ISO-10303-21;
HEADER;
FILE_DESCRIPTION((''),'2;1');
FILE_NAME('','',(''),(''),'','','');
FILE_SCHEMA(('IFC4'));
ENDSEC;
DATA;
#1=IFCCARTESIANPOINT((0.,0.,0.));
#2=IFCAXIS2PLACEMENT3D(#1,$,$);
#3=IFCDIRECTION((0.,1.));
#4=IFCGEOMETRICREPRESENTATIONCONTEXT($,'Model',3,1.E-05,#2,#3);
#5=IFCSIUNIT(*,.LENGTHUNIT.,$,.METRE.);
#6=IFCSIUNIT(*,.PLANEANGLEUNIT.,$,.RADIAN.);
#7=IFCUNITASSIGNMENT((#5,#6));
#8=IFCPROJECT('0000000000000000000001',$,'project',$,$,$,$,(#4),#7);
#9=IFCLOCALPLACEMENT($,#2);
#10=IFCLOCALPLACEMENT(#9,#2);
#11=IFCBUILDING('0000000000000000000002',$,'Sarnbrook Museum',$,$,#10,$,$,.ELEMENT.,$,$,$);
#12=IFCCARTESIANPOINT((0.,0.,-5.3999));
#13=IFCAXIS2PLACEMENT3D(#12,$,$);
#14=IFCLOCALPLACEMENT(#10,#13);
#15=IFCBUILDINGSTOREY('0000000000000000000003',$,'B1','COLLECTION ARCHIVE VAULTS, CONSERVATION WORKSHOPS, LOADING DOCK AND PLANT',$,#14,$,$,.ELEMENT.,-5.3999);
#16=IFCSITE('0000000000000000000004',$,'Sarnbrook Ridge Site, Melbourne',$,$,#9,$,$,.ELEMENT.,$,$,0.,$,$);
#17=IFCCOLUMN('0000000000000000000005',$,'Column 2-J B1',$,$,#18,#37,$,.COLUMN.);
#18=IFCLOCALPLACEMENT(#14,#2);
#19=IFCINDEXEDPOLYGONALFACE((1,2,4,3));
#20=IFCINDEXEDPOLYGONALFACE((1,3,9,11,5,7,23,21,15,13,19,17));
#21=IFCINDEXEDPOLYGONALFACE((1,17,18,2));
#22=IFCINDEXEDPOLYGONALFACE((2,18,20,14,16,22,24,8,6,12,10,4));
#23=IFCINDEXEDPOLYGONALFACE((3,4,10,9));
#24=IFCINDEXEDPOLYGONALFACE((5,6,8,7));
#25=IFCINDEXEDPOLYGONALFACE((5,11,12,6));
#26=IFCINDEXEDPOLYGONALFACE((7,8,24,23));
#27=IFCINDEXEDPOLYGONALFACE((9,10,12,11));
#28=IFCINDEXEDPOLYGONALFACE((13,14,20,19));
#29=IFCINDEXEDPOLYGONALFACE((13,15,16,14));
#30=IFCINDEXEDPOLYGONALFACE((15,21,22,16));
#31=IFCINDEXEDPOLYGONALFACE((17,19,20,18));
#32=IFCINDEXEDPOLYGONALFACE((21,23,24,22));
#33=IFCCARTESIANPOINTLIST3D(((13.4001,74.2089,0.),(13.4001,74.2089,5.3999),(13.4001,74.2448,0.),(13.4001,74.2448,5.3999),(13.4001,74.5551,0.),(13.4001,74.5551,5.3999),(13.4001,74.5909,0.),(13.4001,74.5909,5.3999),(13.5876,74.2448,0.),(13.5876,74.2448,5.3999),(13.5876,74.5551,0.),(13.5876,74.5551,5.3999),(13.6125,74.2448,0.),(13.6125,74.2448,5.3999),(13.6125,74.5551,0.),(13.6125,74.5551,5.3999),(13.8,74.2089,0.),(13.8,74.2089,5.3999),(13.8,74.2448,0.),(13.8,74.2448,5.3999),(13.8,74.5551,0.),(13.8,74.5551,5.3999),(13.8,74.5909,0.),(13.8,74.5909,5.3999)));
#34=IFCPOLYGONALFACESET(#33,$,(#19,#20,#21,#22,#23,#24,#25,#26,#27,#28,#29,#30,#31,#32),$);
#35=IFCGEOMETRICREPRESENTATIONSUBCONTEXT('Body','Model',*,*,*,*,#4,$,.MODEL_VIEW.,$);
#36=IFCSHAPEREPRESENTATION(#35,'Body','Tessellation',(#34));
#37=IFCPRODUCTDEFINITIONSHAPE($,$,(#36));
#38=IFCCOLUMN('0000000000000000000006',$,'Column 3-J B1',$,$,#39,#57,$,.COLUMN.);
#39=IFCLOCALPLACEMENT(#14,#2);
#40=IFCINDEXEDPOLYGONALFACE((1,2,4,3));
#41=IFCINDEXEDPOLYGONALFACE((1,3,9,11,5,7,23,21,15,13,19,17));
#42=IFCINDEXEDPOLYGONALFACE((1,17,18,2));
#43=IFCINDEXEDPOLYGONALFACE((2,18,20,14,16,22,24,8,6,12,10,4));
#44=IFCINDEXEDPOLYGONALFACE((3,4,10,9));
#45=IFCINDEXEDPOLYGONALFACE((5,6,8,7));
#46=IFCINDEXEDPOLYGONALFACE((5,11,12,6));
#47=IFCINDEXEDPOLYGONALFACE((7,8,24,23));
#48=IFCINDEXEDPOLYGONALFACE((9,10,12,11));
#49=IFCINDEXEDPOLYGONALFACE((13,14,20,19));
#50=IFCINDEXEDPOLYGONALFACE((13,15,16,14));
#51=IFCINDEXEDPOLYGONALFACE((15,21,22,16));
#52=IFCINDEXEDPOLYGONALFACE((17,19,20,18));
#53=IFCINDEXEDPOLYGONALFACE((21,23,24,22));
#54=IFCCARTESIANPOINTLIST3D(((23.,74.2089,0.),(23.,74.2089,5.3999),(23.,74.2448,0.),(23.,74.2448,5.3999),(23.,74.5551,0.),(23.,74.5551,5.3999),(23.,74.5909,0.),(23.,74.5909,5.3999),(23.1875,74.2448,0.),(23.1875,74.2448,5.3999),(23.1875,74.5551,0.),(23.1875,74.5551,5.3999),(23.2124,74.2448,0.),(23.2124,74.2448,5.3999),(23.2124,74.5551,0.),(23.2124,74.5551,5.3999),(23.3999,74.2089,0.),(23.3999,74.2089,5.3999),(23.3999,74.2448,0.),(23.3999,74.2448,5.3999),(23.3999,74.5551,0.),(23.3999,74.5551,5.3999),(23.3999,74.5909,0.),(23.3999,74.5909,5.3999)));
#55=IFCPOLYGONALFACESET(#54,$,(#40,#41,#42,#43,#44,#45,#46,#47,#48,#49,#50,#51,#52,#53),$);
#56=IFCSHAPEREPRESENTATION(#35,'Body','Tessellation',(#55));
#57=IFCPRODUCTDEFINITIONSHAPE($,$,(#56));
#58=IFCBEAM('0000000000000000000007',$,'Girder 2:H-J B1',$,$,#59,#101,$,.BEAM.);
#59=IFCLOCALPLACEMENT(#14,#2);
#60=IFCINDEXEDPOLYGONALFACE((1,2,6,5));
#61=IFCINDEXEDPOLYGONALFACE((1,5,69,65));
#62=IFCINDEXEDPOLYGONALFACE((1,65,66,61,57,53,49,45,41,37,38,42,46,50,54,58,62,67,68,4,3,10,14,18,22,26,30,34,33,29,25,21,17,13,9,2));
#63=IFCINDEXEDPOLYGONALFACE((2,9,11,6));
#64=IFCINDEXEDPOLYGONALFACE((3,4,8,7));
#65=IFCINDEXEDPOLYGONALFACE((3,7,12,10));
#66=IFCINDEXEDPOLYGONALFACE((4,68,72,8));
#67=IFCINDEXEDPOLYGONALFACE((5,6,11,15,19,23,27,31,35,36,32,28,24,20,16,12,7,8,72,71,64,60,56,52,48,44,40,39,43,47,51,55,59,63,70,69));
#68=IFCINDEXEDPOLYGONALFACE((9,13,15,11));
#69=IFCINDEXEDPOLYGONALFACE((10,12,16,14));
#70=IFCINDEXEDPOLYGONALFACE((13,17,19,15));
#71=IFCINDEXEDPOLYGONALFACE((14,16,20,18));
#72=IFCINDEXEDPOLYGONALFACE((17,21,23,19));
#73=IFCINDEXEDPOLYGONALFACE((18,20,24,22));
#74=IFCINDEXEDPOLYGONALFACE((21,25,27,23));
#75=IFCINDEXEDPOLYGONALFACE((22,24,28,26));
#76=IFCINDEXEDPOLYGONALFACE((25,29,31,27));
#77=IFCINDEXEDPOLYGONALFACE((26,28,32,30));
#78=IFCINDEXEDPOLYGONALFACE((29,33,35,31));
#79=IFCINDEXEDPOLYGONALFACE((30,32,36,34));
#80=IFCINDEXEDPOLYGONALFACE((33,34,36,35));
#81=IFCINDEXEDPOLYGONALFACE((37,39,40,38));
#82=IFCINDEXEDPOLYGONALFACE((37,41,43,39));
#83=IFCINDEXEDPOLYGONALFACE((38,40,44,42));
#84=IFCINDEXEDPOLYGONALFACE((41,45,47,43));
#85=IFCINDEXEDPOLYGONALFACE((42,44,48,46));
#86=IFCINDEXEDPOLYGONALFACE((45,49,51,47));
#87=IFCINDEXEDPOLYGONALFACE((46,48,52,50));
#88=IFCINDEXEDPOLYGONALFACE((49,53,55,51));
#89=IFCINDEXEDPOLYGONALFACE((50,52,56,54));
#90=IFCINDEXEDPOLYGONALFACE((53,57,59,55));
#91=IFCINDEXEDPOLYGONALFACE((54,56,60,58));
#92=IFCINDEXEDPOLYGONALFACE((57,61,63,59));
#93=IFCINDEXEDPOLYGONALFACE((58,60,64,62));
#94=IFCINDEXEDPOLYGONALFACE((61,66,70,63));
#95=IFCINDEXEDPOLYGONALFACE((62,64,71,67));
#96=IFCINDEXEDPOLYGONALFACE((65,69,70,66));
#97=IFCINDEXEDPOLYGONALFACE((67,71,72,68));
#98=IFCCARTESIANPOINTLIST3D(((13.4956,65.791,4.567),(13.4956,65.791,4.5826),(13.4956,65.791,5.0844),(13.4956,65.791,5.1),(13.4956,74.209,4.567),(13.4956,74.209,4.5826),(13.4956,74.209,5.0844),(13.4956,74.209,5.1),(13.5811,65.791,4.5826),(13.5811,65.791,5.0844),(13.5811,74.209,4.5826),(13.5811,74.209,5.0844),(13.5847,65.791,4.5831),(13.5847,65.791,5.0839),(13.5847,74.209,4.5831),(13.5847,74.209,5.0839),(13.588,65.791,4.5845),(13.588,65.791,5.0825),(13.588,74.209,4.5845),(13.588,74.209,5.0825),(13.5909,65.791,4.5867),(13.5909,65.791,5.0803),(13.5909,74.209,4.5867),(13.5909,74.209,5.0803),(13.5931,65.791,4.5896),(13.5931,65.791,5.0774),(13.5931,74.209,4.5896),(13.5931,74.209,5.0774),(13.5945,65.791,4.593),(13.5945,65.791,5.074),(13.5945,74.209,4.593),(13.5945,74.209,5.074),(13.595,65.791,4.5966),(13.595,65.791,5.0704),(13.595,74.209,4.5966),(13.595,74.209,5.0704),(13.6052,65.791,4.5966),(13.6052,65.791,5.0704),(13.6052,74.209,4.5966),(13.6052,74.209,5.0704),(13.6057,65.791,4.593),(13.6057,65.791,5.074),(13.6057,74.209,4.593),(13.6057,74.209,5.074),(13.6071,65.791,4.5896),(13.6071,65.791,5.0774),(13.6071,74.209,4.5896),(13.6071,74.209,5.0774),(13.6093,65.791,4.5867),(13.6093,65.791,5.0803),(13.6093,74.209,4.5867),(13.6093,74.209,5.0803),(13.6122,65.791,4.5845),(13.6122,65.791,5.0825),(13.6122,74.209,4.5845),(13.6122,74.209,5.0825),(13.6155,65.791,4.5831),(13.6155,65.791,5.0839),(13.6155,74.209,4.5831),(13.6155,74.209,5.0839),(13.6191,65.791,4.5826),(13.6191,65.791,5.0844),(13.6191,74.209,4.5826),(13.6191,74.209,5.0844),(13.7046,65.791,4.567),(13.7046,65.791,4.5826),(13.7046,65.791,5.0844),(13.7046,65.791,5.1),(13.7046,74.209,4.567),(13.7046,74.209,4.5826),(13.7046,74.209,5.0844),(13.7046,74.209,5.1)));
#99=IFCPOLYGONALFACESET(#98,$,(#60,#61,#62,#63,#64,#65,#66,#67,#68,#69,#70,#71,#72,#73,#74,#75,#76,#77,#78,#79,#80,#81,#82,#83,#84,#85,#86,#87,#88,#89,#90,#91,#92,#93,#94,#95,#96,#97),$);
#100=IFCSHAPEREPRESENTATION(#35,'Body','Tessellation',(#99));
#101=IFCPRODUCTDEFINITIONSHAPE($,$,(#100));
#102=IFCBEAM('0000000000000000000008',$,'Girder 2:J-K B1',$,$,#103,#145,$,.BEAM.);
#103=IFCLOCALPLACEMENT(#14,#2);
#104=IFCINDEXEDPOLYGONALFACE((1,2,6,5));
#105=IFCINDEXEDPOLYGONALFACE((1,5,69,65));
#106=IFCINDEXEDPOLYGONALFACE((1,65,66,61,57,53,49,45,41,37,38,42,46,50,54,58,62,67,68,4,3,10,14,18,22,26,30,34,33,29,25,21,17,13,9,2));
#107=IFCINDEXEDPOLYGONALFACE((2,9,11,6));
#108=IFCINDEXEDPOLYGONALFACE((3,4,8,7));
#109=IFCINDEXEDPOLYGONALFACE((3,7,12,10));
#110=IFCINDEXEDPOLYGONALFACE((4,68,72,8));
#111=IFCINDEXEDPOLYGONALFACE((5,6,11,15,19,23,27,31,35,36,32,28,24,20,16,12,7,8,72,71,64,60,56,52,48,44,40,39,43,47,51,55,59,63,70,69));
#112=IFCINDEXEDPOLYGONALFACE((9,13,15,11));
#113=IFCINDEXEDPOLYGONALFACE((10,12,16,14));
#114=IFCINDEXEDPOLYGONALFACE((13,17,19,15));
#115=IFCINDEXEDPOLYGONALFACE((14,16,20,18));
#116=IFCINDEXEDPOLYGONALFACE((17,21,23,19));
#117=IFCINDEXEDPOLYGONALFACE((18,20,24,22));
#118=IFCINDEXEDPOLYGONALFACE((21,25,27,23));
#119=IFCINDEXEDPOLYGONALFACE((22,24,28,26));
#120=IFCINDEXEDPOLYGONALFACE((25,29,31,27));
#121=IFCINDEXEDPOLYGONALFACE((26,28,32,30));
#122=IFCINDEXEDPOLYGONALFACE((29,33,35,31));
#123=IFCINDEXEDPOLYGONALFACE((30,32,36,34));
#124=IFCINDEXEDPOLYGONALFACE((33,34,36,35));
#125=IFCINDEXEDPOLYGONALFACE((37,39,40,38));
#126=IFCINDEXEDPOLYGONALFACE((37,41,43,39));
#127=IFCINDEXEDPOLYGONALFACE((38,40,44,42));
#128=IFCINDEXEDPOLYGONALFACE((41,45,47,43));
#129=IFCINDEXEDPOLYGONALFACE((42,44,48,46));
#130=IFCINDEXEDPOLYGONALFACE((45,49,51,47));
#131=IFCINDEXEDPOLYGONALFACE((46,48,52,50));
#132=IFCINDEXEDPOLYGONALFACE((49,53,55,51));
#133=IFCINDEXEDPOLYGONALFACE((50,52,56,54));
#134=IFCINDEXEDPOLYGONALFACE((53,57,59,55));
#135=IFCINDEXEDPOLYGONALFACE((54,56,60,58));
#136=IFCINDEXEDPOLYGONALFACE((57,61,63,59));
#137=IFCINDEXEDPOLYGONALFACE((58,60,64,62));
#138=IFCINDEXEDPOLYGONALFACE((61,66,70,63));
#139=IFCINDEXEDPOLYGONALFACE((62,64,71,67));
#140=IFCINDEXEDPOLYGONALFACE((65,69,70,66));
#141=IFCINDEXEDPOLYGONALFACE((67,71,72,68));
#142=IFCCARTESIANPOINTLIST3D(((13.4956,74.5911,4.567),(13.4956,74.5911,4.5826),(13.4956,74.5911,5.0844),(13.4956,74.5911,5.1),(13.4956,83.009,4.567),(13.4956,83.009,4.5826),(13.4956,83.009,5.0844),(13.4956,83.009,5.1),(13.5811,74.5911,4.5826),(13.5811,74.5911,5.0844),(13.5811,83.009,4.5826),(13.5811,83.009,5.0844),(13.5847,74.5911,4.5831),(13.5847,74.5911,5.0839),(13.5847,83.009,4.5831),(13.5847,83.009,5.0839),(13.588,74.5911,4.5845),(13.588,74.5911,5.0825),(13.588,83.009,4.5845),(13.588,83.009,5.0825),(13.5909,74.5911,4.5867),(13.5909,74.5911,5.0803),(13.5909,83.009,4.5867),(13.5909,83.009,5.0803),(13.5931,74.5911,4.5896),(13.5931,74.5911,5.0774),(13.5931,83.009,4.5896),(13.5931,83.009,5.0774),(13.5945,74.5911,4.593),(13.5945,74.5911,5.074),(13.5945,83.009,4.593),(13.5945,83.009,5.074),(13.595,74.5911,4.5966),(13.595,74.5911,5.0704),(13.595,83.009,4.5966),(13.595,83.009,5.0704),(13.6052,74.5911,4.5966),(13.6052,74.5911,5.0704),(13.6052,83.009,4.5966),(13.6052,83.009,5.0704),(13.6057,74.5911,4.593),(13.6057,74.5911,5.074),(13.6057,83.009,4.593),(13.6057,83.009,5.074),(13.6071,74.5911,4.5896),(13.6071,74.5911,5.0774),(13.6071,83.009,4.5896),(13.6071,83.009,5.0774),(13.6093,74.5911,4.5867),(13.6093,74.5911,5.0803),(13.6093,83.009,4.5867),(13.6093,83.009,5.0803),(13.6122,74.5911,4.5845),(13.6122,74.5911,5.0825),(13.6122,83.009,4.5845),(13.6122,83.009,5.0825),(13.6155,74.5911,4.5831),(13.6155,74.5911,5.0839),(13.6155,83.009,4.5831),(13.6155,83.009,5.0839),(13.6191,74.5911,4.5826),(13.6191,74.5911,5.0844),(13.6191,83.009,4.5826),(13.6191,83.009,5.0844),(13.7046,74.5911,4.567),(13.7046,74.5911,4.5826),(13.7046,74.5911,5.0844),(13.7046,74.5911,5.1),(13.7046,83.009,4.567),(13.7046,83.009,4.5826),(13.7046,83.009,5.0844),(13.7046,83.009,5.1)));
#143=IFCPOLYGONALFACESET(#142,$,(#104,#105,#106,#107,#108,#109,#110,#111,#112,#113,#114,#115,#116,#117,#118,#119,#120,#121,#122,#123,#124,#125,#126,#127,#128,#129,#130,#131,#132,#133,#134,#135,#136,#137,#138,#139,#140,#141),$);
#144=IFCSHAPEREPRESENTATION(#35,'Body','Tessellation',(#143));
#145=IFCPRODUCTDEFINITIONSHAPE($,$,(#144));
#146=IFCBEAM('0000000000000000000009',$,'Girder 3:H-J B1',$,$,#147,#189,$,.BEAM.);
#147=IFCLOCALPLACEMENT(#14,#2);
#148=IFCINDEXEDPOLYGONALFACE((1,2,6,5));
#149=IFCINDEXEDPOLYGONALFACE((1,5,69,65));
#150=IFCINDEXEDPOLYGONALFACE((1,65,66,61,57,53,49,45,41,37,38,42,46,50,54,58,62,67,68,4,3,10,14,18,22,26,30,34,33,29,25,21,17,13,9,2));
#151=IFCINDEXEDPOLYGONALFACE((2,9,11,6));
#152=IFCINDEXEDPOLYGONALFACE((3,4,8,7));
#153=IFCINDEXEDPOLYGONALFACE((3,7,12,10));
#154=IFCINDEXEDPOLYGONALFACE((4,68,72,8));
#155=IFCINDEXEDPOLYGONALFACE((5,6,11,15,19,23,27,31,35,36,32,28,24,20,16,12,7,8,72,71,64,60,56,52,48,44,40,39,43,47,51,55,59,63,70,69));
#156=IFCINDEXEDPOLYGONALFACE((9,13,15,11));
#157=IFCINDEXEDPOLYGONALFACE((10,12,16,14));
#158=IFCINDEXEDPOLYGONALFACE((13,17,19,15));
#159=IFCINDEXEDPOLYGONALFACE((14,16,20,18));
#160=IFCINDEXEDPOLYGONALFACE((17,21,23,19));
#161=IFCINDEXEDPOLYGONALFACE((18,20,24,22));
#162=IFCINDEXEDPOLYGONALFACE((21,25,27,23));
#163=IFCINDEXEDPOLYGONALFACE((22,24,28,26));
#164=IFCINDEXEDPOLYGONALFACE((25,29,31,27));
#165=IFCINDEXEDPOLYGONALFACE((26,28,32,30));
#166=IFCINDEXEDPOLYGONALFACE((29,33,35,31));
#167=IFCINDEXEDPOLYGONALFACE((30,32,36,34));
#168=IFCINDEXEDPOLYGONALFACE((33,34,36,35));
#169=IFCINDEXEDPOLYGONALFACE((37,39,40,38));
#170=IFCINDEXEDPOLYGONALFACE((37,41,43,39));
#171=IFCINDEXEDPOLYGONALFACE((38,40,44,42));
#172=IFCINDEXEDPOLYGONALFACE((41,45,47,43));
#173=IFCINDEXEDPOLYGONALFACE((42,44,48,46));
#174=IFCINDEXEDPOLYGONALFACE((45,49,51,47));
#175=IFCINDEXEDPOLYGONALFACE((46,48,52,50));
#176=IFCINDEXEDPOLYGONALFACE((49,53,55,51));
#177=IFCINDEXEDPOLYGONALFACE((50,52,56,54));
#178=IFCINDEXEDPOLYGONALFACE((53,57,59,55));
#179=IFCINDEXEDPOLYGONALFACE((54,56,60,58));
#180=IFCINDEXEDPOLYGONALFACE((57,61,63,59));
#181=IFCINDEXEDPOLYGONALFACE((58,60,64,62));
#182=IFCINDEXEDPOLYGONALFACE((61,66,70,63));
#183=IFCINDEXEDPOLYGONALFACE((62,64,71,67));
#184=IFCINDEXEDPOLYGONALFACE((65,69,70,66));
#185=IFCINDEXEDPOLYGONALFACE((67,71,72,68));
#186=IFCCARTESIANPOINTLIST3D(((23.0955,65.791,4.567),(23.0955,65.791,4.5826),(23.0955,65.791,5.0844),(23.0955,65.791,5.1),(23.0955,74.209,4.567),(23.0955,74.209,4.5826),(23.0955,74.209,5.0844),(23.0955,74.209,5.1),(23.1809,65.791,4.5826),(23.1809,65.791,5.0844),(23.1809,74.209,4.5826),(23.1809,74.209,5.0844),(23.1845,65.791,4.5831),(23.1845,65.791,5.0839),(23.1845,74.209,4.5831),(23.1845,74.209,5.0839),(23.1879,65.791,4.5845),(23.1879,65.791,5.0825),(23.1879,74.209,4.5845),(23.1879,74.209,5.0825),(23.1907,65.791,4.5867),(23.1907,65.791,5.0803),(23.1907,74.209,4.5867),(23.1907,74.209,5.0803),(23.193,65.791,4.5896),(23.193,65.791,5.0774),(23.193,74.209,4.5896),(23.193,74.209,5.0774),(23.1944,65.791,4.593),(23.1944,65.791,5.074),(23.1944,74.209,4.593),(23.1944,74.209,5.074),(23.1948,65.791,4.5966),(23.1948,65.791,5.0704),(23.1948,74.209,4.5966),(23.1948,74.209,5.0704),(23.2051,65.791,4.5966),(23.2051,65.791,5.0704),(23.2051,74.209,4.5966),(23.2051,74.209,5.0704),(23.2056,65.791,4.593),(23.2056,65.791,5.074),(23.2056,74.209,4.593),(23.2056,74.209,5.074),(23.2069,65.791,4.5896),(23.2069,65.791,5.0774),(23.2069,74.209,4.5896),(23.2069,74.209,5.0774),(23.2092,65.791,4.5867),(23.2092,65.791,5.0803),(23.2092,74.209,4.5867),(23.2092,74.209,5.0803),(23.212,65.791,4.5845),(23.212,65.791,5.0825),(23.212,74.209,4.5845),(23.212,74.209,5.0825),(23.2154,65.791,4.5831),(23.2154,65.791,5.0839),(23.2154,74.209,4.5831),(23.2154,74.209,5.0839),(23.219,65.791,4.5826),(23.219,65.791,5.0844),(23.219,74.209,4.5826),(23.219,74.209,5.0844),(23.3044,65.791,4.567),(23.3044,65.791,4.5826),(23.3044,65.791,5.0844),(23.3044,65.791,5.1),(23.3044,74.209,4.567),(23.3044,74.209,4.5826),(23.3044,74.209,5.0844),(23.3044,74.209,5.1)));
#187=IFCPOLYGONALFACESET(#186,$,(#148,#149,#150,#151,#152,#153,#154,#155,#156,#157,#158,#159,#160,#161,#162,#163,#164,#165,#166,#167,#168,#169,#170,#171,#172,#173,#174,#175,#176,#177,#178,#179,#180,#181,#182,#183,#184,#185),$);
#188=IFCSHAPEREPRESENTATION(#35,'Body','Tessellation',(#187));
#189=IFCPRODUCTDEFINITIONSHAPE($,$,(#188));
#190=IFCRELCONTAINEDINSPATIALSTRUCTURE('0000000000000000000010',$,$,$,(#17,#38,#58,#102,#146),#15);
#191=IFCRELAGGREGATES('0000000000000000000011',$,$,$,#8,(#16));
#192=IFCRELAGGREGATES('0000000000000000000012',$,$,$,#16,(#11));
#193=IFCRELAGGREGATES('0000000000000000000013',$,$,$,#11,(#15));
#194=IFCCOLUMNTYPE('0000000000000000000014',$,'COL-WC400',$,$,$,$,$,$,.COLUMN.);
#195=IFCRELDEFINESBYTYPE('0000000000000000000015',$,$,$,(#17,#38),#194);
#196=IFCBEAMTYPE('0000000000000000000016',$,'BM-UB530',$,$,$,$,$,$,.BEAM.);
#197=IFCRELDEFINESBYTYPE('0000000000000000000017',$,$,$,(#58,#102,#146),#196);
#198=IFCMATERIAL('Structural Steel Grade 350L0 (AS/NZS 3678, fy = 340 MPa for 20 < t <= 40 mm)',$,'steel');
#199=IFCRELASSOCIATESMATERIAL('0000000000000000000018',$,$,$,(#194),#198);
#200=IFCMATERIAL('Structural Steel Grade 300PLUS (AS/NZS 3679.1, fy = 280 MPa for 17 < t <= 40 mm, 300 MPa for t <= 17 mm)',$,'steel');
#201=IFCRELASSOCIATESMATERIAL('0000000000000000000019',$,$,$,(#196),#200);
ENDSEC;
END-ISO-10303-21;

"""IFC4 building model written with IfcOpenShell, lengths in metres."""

from ifc_helpers import new_model, si_unit, direction, frame, origin, origin_2d, place, context, subcontext, project, spatial, i_section, extrude, material, material_profile, profile_set, type_object, element, save


model = new_model("IFC4")

# Units and contexts
model_context = context("Model", 3, precision=1e-05, world=origin(), true_north=direction((0.0, 1.0)))
body_context = subcontext(model_context, "Body", "Model", "MODEL_VIEW")
ifc_project = project(units=[si_unit("LENGTHUNIT", "METRE"), si_unit("PLANEANGLEUNIT", "RADIAN")], contexts=[model_context])

# Site, building, storey
site_placement = place(None, origin())
site = spatial("IfcSite", under=ifc_project, at=site_placement, Name="Sarnbrook Ridge Site, Melbourne", CompositionType="ELEMENT", RefElevation=0.0)
building_placement = place(site_placement, origin())
building = spatial("IfcBuilding", under=site, at=building_placement, Name="Sarnbrook Museum", CompositionType="ELEMENT")
storey_placement = place(building_placement, frame((0.0, 0.0, -5.3999)))
storey = spatial("IfcBuildingStorey", under=building, at=storey_placement, Name="B1", Description="COLLECTION ARCHIVE VAULTS, CONSERVATION WORKSHOPS, LOADING DOCK AND PLANT", CompositionType="ELEMENT", Elevation=-5.3999)

# Columns
ifc_material_1 = material(Name="Structural Steel Grade 350L0 (AS/NZS 3678, fy = 340 MPa for 20 < t <= 40 mm)", Category="steel")
ifc_material_profile_1 = material_profile(ifc_material_1, i_section(OverallWidth=0.3999, OverallDepth=0.3821, WebThickness=0.0249, FlangeThickness=0.0359, at=origin_2d()), Name="400WC270")
ifc_profile_set_1 = profile_set([ifc_material_profile_1], Name="Structural Steel Grade 350L0 (AS/NZS 3678, fy = 340 MPa for 20 < t <= 40 mm)")
column_type = type_object("IfcColumnType", Name="COL-WC400", PredefinedType="COLUMN", material=ifc_profile_set_1)
for number, where, z_axis, x_axis, name in (
    (1, (13.6001, 74.3999, 0.0), (0.0, 0.0, 1.0), (1.0, 0.0, 0.0), "Column 2-J B1"),
    (2, (23.2, 74.3999, 0.0), (0.0, 0.0, 1.0), (1.0, 0.0, 0.0), "Column 3-J B1"),
):
    element("IfcColumn", number, at=place(storey_placement, frame(where, z_axis=z_axis, x_axis=x_axis)), inside=storey, type_object=column_type, Name=name, PredefinedType="COLUMN", context=body_context, shape_type="SweptSolid", body=[
        extrude(i_section(OverallWidth=0.3999, OverallDepth=0.3821, WebThickness=0.0249, FlangeThickness=0.0359, at=origin_2d()), origin(), (0.0, 0.0, 1.0), 5.3999),
    ])

# Beams
ifc_material_2 = material(Name="Structural Steel Grade 300PLUS (AS/NZS 3679.1, fy = 280 MPa for 17 < t <= 40 mm, 300 MPa for t <= 17 mm)", Category="steel")
ifc_material_profile_2 = material_profile(ifc_material_2, i_section(OverallWidth=0.209, OverallDepth=0.533, WebThickness=0.0103, FlangeThickness=0.0156, FilletRadius=0.0139, at=origin_2d()), Name="530UB92.4")
ifc_profile_set_2 = profile_set([ifc_material_profile_2], Name="Structural Steel Grade 300PLUS (AS/NZS 3679.1, fy = 280 MPa for 17 < t <= 40 mm, 300 MPa for t <= 17 mm)")
beam_type_1 = type_object("IfcBeamType", Name="BM-UB530", PredefinedType="BEAM", material=ifc_profile_set_2)
for number, where, z_axis, x_axis, name in (
    (3, (13.6001, 65.791, 4.8335), (0.0, 1.0, 0.0), (-1.0, 0.0, 0.0), "Girder 2:H-J B1"),
    (4, (13.6001, 74.5911, 4.8335), (0.0, 1.0, 0.0), (-1.0, 0.0, 0.0), "Girder 2:J-K B1"),
    (5, (23.2, 65.791, 4.8335), (0.0, 1.0, 0.0), (-1.0, 0.0, 0.0), "Girder 3:H-J B1"),
):
    element("IfcBeam", number, at=place(storey_placement, frame(where, z_axis=z_axis, x_axis=x_axis)), inside=storey, type_object=beam_type_1, Name=name, PredefinedType="BEAM", context=body_context, shape_type="SweptSolid", body=[
        extrude(i_section(OverallWidth=0.209, OverallDepth=0.533, WebThickness=0.0103, FlangeThickness=0.0156, FilletRadius=0.0139, at=origin_2d()), origin(), (0.0, 0.0, 1.0), 8.418),
    ])

save(model, "model.ifc")
